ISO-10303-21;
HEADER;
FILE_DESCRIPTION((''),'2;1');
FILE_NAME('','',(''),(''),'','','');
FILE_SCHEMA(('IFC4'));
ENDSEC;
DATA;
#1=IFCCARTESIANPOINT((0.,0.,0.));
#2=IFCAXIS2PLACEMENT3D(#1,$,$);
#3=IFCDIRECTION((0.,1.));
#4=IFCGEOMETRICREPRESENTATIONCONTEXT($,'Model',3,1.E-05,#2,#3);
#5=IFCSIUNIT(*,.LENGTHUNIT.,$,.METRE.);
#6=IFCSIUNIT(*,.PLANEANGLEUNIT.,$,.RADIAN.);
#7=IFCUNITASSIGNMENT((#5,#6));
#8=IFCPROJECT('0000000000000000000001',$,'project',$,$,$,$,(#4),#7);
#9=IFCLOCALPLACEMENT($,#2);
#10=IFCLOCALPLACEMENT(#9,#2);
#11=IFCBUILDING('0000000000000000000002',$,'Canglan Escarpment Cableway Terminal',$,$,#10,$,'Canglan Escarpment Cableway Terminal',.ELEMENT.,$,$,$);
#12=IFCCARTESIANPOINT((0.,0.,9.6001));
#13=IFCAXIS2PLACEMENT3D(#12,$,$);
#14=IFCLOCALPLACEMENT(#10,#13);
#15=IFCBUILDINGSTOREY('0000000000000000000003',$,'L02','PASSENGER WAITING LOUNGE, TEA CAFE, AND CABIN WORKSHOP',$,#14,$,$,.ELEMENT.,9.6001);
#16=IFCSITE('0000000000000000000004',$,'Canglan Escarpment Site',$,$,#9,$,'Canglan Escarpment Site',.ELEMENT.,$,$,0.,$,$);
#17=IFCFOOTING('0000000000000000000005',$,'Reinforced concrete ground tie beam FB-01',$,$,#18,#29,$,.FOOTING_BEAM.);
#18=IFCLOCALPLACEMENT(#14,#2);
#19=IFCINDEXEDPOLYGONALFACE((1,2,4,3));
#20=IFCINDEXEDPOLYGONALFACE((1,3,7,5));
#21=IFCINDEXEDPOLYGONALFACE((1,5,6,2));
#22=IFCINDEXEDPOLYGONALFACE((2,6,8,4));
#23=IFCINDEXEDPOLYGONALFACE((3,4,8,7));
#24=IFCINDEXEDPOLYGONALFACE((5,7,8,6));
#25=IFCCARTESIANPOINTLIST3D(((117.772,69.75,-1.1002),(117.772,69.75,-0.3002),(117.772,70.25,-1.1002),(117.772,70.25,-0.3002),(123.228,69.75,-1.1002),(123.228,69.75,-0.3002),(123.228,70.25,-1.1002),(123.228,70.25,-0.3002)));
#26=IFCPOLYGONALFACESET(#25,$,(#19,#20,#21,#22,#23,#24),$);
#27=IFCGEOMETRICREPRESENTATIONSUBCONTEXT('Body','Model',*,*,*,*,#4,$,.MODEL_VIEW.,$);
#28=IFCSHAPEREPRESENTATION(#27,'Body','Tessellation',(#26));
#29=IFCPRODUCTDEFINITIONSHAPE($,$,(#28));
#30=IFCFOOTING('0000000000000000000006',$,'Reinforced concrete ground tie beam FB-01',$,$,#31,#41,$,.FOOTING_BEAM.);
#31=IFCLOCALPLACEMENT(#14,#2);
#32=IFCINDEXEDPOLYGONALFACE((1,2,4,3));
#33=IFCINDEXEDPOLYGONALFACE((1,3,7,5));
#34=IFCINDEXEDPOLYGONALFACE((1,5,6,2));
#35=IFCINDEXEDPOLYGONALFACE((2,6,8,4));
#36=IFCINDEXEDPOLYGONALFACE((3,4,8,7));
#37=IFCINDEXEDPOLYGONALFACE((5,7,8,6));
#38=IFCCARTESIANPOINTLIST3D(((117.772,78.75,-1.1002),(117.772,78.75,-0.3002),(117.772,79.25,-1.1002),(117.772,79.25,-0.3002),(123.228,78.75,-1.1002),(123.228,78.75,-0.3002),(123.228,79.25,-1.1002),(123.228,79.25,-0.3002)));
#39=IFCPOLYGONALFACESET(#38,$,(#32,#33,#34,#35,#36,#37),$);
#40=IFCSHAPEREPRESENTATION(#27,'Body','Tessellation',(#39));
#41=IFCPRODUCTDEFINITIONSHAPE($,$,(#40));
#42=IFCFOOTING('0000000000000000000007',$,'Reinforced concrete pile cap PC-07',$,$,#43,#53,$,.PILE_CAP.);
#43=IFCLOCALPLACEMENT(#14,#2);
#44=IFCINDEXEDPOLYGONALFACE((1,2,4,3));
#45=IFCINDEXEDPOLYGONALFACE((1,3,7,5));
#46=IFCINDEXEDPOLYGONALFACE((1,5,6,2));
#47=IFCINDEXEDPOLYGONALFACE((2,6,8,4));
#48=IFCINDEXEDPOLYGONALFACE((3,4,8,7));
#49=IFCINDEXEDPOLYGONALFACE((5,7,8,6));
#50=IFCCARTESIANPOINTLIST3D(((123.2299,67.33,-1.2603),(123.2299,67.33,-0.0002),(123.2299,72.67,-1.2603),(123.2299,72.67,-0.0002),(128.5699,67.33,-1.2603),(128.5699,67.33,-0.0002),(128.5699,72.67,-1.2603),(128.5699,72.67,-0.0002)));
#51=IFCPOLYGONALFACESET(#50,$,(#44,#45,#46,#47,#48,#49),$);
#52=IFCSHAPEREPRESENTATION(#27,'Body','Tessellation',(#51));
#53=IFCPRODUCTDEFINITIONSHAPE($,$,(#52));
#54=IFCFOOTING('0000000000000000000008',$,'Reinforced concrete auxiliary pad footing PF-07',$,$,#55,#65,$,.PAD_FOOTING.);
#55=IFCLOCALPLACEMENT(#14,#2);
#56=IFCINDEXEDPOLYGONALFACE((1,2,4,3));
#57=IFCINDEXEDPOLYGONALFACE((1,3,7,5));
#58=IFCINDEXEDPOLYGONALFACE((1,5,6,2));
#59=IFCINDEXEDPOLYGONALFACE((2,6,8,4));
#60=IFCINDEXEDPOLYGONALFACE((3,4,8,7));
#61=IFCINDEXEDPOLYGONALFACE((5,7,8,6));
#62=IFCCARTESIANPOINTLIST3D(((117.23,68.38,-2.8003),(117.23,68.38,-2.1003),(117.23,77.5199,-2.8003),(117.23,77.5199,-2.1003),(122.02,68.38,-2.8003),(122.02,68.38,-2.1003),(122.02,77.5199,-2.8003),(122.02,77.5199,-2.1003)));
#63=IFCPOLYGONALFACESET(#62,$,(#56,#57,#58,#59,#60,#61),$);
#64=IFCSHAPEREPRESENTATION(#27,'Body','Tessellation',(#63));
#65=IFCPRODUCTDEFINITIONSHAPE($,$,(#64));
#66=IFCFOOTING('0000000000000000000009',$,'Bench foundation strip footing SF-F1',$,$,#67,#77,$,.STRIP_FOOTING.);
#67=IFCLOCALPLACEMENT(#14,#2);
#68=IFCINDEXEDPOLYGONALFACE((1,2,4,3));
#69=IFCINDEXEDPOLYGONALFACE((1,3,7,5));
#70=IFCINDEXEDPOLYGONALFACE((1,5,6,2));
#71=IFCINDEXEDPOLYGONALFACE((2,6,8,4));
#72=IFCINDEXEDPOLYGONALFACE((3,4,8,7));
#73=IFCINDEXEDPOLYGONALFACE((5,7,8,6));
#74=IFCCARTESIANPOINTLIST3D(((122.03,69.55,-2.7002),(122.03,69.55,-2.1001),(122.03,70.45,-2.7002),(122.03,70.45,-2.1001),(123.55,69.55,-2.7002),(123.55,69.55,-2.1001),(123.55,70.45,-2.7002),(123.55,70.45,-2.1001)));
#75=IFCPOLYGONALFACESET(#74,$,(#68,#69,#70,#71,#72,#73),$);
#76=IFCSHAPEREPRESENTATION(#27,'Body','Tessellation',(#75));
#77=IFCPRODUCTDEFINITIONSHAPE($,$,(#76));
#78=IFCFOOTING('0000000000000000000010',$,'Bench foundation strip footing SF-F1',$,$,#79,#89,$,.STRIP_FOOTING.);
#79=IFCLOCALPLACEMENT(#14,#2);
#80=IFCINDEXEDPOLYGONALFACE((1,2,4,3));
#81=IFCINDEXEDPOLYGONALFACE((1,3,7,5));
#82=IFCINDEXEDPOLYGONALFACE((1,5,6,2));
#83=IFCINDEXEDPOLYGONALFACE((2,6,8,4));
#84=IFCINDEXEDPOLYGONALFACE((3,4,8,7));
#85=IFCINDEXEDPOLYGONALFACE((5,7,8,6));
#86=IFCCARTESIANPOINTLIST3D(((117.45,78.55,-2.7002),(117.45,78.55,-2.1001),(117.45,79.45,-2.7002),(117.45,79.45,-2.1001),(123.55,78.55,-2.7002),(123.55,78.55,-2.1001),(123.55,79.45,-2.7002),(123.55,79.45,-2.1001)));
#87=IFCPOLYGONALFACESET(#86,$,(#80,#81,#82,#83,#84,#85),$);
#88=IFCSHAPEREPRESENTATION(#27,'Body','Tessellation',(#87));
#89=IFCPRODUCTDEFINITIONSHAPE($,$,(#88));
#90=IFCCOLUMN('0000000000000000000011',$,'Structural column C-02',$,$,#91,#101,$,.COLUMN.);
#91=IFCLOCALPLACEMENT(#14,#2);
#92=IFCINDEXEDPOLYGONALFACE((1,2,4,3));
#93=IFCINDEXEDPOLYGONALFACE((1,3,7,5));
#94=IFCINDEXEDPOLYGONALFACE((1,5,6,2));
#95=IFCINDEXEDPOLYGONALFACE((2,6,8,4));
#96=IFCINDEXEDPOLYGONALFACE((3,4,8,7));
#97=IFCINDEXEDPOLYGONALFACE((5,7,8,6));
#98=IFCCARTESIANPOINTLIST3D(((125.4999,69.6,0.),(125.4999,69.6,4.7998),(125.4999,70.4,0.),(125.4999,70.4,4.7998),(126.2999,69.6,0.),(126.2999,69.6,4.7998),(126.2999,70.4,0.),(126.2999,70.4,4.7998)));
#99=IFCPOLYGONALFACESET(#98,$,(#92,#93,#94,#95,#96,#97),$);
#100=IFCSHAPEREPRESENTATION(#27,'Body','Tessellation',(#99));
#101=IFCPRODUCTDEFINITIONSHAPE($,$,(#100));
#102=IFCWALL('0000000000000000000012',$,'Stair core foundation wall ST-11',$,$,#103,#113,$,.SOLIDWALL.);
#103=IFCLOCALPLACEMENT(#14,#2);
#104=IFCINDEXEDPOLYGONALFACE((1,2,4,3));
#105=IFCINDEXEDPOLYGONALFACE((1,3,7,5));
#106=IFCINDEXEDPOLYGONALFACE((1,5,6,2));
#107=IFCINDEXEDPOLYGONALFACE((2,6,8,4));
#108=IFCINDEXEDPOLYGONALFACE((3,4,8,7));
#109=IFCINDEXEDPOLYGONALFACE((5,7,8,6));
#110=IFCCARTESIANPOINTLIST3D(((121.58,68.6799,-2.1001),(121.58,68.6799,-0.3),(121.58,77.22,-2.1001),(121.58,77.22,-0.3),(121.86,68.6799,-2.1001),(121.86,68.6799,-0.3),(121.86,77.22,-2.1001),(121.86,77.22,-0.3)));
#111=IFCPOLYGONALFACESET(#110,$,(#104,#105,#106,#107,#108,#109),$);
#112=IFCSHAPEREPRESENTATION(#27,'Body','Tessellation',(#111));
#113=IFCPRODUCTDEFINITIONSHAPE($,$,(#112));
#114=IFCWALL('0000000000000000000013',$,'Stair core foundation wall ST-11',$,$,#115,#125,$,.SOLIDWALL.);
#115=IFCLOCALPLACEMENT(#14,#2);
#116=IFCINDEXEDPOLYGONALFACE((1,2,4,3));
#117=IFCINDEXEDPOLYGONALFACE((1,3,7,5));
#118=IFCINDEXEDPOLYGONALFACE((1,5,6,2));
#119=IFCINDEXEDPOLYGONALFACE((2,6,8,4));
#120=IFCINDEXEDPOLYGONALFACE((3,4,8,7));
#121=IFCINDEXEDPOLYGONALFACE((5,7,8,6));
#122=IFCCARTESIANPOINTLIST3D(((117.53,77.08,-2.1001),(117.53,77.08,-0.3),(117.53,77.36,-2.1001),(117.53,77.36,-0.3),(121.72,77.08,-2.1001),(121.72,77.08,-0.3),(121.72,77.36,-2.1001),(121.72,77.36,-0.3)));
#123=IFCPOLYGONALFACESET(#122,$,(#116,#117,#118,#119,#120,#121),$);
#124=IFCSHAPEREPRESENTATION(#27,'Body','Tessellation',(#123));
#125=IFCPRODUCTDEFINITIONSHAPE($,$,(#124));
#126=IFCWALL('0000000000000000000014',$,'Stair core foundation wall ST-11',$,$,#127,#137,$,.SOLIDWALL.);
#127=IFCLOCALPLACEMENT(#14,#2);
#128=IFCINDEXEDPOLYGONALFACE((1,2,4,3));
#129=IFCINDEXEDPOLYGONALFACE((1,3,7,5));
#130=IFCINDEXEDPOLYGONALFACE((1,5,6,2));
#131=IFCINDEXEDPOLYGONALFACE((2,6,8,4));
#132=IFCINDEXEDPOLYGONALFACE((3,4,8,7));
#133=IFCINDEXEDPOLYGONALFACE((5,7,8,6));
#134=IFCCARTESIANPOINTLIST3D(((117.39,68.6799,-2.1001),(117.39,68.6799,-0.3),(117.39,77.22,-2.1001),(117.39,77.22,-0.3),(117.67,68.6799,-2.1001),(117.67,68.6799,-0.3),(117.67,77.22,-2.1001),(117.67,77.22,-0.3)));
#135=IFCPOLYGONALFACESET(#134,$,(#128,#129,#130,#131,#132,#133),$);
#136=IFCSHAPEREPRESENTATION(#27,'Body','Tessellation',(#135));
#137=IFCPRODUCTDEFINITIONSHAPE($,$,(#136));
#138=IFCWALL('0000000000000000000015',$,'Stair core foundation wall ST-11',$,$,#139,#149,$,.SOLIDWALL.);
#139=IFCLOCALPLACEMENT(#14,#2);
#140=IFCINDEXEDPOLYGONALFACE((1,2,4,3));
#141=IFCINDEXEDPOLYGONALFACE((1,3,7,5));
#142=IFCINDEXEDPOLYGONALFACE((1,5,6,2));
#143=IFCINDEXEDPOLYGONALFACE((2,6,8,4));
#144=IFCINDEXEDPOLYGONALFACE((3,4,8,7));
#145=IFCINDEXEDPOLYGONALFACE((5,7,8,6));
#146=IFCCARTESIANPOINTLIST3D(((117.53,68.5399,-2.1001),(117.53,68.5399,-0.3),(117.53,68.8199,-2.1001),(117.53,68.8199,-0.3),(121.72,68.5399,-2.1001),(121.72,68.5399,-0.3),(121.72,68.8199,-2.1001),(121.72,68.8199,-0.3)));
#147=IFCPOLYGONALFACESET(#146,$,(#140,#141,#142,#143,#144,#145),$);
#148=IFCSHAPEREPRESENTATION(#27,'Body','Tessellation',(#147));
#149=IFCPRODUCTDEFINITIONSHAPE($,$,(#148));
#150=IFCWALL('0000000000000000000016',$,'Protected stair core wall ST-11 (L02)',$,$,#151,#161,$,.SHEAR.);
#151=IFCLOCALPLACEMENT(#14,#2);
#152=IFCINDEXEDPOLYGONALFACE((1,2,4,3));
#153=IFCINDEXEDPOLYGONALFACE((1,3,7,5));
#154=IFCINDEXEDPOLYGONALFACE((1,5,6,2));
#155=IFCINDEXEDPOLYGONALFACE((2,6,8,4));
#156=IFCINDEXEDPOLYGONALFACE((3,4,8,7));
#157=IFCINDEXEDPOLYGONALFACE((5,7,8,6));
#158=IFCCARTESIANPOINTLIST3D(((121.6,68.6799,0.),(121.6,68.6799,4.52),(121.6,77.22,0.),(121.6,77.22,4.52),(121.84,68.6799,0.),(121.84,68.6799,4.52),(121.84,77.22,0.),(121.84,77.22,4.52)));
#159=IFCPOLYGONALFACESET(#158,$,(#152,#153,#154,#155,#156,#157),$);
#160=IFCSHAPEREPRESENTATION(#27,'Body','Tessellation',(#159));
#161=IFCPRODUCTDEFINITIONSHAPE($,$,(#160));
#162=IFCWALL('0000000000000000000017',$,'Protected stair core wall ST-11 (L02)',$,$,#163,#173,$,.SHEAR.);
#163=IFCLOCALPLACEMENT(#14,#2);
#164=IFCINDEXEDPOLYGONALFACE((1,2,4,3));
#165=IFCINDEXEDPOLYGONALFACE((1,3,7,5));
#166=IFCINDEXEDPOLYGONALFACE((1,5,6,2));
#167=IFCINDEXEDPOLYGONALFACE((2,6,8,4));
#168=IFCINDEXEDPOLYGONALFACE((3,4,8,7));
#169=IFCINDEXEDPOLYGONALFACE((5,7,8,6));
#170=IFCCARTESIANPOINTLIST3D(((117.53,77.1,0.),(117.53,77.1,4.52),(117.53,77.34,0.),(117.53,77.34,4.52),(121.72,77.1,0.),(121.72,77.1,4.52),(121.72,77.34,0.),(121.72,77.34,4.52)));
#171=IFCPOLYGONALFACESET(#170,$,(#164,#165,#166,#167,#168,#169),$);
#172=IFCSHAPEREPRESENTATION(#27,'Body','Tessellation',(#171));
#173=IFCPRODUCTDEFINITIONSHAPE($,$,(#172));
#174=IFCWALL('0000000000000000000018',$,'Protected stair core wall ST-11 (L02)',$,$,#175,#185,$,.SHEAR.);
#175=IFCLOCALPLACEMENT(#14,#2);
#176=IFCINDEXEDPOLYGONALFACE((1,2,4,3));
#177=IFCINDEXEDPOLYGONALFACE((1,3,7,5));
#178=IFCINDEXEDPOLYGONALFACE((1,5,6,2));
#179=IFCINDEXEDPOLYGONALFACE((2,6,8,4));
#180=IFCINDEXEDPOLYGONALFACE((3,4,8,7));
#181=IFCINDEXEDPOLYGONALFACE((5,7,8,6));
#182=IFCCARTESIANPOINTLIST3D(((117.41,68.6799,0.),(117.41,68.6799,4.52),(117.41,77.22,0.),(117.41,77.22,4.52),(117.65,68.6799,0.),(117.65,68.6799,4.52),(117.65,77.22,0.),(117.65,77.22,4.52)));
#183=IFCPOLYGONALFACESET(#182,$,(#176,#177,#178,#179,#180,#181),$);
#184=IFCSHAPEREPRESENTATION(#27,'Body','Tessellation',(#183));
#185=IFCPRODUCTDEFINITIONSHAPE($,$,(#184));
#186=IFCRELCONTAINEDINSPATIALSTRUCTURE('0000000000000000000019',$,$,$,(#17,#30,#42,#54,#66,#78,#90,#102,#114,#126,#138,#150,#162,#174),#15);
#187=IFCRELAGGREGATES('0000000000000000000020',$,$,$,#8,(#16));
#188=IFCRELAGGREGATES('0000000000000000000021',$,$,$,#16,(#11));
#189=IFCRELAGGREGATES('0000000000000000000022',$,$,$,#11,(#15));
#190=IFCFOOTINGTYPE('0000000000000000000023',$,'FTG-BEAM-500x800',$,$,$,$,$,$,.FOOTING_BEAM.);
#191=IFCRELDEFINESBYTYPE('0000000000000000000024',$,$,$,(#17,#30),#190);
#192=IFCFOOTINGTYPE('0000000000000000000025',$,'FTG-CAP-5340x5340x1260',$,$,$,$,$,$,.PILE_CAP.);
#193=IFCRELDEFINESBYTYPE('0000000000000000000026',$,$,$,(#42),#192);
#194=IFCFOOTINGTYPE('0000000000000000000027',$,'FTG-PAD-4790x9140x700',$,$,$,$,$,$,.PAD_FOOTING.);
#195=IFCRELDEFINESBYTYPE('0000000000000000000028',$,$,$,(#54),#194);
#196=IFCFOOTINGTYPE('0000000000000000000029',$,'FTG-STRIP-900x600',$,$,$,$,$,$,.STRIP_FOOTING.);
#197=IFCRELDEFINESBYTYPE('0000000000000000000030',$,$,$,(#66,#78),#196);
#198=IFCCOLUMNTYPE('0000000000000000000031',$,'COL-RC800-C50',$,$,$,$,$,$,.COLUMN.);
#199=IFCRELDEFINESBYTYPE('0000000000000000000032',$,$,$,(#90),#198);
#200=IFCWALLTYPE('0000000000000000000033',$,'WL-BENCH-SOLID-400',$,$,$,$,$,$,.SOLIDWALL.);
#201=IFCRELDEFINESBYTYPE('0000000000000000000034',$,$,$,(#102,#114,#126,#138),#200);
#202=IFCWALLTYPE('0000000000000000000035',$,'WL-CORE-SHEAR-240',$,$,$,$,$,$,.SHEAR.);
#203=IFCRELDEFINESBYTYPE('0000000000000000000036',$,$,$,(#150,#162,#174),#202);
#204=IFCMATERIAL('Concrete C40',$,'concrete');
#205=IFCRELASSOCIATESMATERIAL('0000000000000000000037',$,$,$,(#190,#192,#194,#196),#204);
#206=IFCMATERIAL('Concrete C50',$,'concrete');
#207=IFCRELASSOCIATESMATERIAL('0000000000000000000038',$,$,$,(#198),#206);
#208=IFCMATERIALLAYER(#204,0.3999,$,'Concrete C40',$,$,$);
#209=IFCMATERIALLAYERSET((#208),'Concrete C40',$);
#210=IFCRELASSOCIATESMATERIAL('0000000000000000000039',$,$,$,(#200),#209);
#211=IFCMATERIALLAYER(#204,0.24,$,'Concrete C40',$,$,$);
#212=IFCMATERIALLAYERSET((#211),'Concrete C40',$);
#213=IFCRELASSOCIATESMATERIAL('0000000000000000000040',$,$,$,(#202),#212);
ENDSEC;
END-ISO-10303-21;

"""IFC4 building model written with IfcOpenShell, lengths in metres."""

from ifc_helpers import new_model, si_unit, direction, frame, frame_2d, origin, origin_2d, place, context, subcontext, project, spatial, rectangle, extrude, material, layer, layer_set, material_profile, profile_set, type_object, element, save


model = new_model("IFC4")

# Units and contexts
model_context = context("Model", 3, precision=1e-05, world=origin(), true_north=direction((0.0, 1.0)))
body_context = subcontext(model_context, "Body", "Model", "MODEL_VIEW")
ifc_project = project(units=[si_unit("LENGTHUNIT", "METRE"), si_unit("PLANEANGLEUNIT", "RADIAN")], contexts=[model_context])

# Site, building, storey
site_placement = place(None, origin())
site = spatial("IfcSite", under=ifc_project, at=site_placement, Name="Canglan Escarpment Site", LongName="Canglan Escarpment Site", CompositionType="ELEMENT", RefElevation=0.0)
building_placement = place(site_placement, origin())
building = spatial("IfcBuilding", under=site, at=building_placement, Name="Canglan Escarpment Cableway Terminal", LongName="Canglan Escarpment Cableway Terminal", CompositionType="ELEMENT")
storey_placement = place(building_placement, frame((0.0, 0.0, 9.6001)))
storey = spatial("IfcBuildingStorey", under=building, at=storey_placement, Name="L02", Description="PASSENGER WAITING LOUNGE, TEA CAFE, AND CABIN WORKSHOP", CompositionType="ELEMENT", Elevation=9.6001)

# Footings
ifc_material_1 = material(Name="Concrete C40", Category="concrete")
ifc_material_profile_1 = material_profile(ifc_material_1, rectangle(XDim=0.5, YDim=0.8, at=origin_2d()), Name="FB 500x800")
ifc_profile_set_1 = profile_set([ifc_material_profile_1], Name="Concrete C40")
footing_type_1 = type_object("IfcFootingType", Name="FTG-BEAM-500x800", PredefinedType="FOOTING_BEAM", material=ifc_profile_set_1)
for number, where, z_axis, x_axis, name in (
    (1, (117.772, 70.0, -0.7002), (1.0, 0.0, 0.0), (0.0, 1.0, 0.0), "Reinforced concrete ground tie beam FB-01"),
    (2, (117.772, 79.0, -0.7002), (1.0, 0.0, 0.0), (0.0, 1.0, 0.0), "Reinforced concrete ground tie beam FB-01"),
):
    element("IfcFooting", number, at=place(storey_placement, frame(where, z_axis=z_axis, x_axis=x_axis)), inside=storey, type_object=footing_type_1, Name=name, PredefinedType="FOOTING_BEAM", context=body_context, shape_type="SweptSolid", body=[
        extrude(rectangle(XDim=0.5, YDim=0.8, at=origin_2d()), origin(), (0.0, 0.0, 1.0), 5.4561),
    ])
footing_type_2 = type_object("IfcFootingType", Name="FTG-CAP-5340x5340x1260", PredefinedType="PILE_CAP", material=ifc_material_1)
footing_1_placement = place(storey_placement, frame((125.8999, 70.0, -1.2603), z_axis=(0.0, 0.0, 1.0), x_axis=(1.0, 0.0, 0.0)))
element("IfcFooting", 3, at=footing_1_placement, inside=storey, type_object=footing_type_2, Name="Reinforced concrete pile cap PC-07", PredefinedType="PILE_CAP", context=body_context, shape_type="SweptSolid", body=[
    extrude(rectangle(XDim=5.3401, YDim=5.3401, at=origin_2d()), origin(), (0.0, 0.0, 1.0), 1.26),
])
footing_type_3 = type_object("IfcFootingType", Name="FTG-PAD-4790x9140x700", PredefinedType="PAD_FOOTING", material=ifc_material_1)
footing_2_placement = place(storey_placement, frame((119.625, 72.95, -2.8003), z_axis=(0.0, 0.0, 1.0), x_axis=(1.0, 0.0, 0.0)))
element("IfcFooting", 4, at=footing_2_placement, inside=storey, type_object=footing_type_3, Name="Reinforced concrete auxiliary pad footing PF-07", PredefinedType="PAD_FOOTING", context=body_context, shape_type="SweptSolid", body=[
    extrude(rectangle(XDim=4.79, YDim=9.1399, at=origin_2d()), origin(), (0.0, 0.0, 1.0), 0.7),
])
ifc_material_profile_2 = material_profile(ifc_material_1, rectangle(XDim=0.8999, YDim=0.6001, at=origin_2d()), Name="SF 900x600")
ifc_profile_set_2 = profile_set([ifc_material_profile_2], Name="Concrete C40")
footing_type_4 = type_object("IfcFootingType", Name="FTG-STRIP-900x600", PredefinedType="STRIP_FOOTING", material=ifc_profile_set_2)
footing_3_placement = place(storey_placement, frame((122.03, 70.0, -2.4001), z_axis=(1.0, 0.0, 0.0), x_axis=(0.0, 1.0, 0.0)))
element("IfcFooting", 5, at=footing_3_placement, inside=storey, type_object=footing_type_4, Name="Bench foundation strip footing SF-F1", PredefinedType="STRIP_FOOTING", context=body_context, shape_type="SweptSolid", body=[
    extrude(rectangle(XDim=0.8999, YDim=0.6001, at=origin_2d()), origin(), (0.0, 0.0, 1.0), 1.52),
])
footing_4_placement = place(storey_placement, frame((117.45, 79.0, -2.4001), z_axis=(1.0, 0.0, 0.0), x_axis=(0.0, 1.0, 0.0)))
element("IfcFooting", 6, at=footing_4_placement, inside=storey, type_object=footing_type_4, Name="Bench foundation strip footing SF-F1", PredefinedType="STRIP_FOOTING", context=body_context, shape_type="SweptSolid", body=[
    extrude(rectangle(XDim=0.8999, YDim=0.6001, at=origin_2d()), origin(), (0.0, 0.0, 1.0), 6.1001),
])

# Column
ifc_material_2 = material(Name="Concrete C50", Category="concrete")
ifc_material_profile_3 = material_profile(ifc_material_2, rectangle(XDim=0.8, YDim=0.8, at=origin_2d()), Name="RC 800x800")
ifc_profile_set_3 = profile_set([ifc_material_profile_3], Name="Concrete C50")
column_type = type_object("IfcColumnType", Name="COL-RC800-C50", PredefinedType="COLUMN", material=ifc_profile_set_3)
column_placement = place(storey_placement, frame((125.8999, 70.0, 0.0), z_axis=(0.0, 0.0, 1.0), x_axis=(1.0, 0.0, 0.0)))
element("IfcColumn", 7, at=column_placement, inside=storey, type_object=column_type, Name="Structural column C-02", PredefinedType="COLUMN", context=body_context, shape_type="SweptSolid", body=[
    extrude(rectangle(XDim=0.8, YDim=0.8, at=origin_2d()), origin(), (0.0, 0.0, 1.0), 4.7998),
])

# Walls
ifc_layer_1 = layer(ifc_material_1, 0.3999, Name="Concrete C40")
ifc_layer_set_1 = layer_set([ifc_layer_1], Name="Concrete C40")
wall_type_1 = type_object("IfcWallType", Name="WL-BENCH-SOLID-400", PredefinedType="SOLIDWALL", material=ifc_layer_set_1)
wall_1_placement = place(storey_placement, frame((121.72, 68.6799, -2.1001), z_axis=(0.0, 0.0, 1.0), x_axis=(0.0, 1.0, 0.0)))
element("IfcWall", 8, at=wall_1_placement, inside=storey, type_object=wall_type_1, Name="Stair core foundation wall ST-11", PredefinedType="SOLIDWALL", context=body_context, shape_type="SweptSolid", body=[
    extrude(rectangle(XDim=8.54, YDim=0.28, at=frame_2d((4.27, 0.0))), origin(), (0.0, 0.0, 1.0), 1.8),
])
wall_2_placement = place(storey_placement, frame((121.72, 77.22, -2.1001), z_axis=(0.0, 0.0, 1.0), x_axis=(-1.0, 0.0, 0.0)))
element("IfcWall", 9, at=wall_2_placement, inside=storey, type_object=wall_type_1, Name="Stair core foundation wall ST-11", PredefinedType="SOLIDWALL", context=body_context, shape_type="SweptSolid", body=[
    extrude(rectangle(XDim=4.1899, YDim=0.28, at=frame_2d((2.095, 0.0))), origin(), (0.0, 0.0, 1.0), 1.8),
])
wall_3_placement = place(storey_placement, frame((117.53, 77.22, -2.1001), z_axis=(0.0, 0.0, 1.0), x_axis=(0.0, -1.0, 0.0)))
element("IfcWall", 10, at=wall_3_placement, inside=storey, type_object=wall_type_1, Name="Stair core foundation wall ST-11", PredefinedType="SOLIDWALL", context=body_context, shape_type="SweptSolid", body=[
    extrude(rectangle(XDim=8.54, YDim=0.28, at=frame_2d((4.27, 0.0))), origin(), (0.0, 0.0, 1.0), 1.8),
])
wall_4_placement = place(storey_placement, frame((117.53, 68.6799, -2.1001), z_axis=(0.0, 0.0, 1.0), x_axis=(1.0, 0.0, 0.0)))
element("IfcWall", 11, at=wall_4_placement, inside=storey, type_object=wall_type_1, Name="Stair core foundation wall ST-11", PredefinedType="SOLIDWALL", context=body_context, shape_type="SweptSolid", body=[
    extrude(rectangle(XDim=4.1899, YDim=0.28, at=frame_2d((2.095, 0.0))), origin(), (0.0, 0.0, 1.0), 1.8),
])
ifc_layer_2 = layer(ifc_material_1, 0.24, Name="Concrete C40")
ifc_layer_set_2 = layer_set([ifc_layer_2], Name="Concrete C40")
wall_type_2 = type_object("IfcWallType", Name="WL-CORE-SHEAR-240", PredefinedType="SHEAR", material=ifc_layer_set_2)
wall_5_placement = place(storey_placement, frame((121.72, 68.6799, 0.0), z_axis=(0.0, 0.0, 1.0), x_axis=(0.0, 1.0, 0.0)))
element("IfcWall", 12, at=wall_5_placement, inside=storey, type_object=wall_type_2, Name="Protected stair core wall ST-11 (L02)", PredefinedType="SHEAR", context=body_context, shape_type="SweptSolid", body=[
    extrude(rectangle(XDim=8.54, YDim=0.24, at=frame_2d((4.27, 0.0))), origin(), (0.0, 0.0, 1.0), 4.52),
])
wall_6_placement = place(storey_placement, frame((121.72, 77.22, 0.0), z_axis=(0.0, 0.0, 1.0), x_axis=(-1.0, 0.0, 0.0)))
element("IfcWall", 13, at=wall_6_placement, inside=storey, type_object=wall_type_2, Name="Protected stair core wall ST-11 (L02)", PredefinedType="SHEAR", context=body_context, shape_type="SweptSolid", body=[
    extrude(rectangle(XDim=4.1899, YDim=0.24, at=frame_2d((2.095, 0.0))), origin(), (0.0, 0.0, 1.0), 4.52),
])
wall_7_placement = place(storey_placement, frame((117.53, 77.22, 0.0), z_axis=(0.0, 0.0, 1.0), x_axis=(0.0, -1.0, 0.0)))
element("IfcWall", 14, at=wall_7_placement, inside=storey, type_object=wall_type_2, Name="Protected stair core wall ST-11 (L02)", PredefinedType="SHEAR", context=body_context, shape_type="SweptSolid", body=[
    extrude(rectangle(XDim=8.54, YDim=0.24, at=frame_2d((4.27, 0.0))), origin(), (0.0, 0.0, 1.0), 4.52),
])

save(model, "model.ifc")
